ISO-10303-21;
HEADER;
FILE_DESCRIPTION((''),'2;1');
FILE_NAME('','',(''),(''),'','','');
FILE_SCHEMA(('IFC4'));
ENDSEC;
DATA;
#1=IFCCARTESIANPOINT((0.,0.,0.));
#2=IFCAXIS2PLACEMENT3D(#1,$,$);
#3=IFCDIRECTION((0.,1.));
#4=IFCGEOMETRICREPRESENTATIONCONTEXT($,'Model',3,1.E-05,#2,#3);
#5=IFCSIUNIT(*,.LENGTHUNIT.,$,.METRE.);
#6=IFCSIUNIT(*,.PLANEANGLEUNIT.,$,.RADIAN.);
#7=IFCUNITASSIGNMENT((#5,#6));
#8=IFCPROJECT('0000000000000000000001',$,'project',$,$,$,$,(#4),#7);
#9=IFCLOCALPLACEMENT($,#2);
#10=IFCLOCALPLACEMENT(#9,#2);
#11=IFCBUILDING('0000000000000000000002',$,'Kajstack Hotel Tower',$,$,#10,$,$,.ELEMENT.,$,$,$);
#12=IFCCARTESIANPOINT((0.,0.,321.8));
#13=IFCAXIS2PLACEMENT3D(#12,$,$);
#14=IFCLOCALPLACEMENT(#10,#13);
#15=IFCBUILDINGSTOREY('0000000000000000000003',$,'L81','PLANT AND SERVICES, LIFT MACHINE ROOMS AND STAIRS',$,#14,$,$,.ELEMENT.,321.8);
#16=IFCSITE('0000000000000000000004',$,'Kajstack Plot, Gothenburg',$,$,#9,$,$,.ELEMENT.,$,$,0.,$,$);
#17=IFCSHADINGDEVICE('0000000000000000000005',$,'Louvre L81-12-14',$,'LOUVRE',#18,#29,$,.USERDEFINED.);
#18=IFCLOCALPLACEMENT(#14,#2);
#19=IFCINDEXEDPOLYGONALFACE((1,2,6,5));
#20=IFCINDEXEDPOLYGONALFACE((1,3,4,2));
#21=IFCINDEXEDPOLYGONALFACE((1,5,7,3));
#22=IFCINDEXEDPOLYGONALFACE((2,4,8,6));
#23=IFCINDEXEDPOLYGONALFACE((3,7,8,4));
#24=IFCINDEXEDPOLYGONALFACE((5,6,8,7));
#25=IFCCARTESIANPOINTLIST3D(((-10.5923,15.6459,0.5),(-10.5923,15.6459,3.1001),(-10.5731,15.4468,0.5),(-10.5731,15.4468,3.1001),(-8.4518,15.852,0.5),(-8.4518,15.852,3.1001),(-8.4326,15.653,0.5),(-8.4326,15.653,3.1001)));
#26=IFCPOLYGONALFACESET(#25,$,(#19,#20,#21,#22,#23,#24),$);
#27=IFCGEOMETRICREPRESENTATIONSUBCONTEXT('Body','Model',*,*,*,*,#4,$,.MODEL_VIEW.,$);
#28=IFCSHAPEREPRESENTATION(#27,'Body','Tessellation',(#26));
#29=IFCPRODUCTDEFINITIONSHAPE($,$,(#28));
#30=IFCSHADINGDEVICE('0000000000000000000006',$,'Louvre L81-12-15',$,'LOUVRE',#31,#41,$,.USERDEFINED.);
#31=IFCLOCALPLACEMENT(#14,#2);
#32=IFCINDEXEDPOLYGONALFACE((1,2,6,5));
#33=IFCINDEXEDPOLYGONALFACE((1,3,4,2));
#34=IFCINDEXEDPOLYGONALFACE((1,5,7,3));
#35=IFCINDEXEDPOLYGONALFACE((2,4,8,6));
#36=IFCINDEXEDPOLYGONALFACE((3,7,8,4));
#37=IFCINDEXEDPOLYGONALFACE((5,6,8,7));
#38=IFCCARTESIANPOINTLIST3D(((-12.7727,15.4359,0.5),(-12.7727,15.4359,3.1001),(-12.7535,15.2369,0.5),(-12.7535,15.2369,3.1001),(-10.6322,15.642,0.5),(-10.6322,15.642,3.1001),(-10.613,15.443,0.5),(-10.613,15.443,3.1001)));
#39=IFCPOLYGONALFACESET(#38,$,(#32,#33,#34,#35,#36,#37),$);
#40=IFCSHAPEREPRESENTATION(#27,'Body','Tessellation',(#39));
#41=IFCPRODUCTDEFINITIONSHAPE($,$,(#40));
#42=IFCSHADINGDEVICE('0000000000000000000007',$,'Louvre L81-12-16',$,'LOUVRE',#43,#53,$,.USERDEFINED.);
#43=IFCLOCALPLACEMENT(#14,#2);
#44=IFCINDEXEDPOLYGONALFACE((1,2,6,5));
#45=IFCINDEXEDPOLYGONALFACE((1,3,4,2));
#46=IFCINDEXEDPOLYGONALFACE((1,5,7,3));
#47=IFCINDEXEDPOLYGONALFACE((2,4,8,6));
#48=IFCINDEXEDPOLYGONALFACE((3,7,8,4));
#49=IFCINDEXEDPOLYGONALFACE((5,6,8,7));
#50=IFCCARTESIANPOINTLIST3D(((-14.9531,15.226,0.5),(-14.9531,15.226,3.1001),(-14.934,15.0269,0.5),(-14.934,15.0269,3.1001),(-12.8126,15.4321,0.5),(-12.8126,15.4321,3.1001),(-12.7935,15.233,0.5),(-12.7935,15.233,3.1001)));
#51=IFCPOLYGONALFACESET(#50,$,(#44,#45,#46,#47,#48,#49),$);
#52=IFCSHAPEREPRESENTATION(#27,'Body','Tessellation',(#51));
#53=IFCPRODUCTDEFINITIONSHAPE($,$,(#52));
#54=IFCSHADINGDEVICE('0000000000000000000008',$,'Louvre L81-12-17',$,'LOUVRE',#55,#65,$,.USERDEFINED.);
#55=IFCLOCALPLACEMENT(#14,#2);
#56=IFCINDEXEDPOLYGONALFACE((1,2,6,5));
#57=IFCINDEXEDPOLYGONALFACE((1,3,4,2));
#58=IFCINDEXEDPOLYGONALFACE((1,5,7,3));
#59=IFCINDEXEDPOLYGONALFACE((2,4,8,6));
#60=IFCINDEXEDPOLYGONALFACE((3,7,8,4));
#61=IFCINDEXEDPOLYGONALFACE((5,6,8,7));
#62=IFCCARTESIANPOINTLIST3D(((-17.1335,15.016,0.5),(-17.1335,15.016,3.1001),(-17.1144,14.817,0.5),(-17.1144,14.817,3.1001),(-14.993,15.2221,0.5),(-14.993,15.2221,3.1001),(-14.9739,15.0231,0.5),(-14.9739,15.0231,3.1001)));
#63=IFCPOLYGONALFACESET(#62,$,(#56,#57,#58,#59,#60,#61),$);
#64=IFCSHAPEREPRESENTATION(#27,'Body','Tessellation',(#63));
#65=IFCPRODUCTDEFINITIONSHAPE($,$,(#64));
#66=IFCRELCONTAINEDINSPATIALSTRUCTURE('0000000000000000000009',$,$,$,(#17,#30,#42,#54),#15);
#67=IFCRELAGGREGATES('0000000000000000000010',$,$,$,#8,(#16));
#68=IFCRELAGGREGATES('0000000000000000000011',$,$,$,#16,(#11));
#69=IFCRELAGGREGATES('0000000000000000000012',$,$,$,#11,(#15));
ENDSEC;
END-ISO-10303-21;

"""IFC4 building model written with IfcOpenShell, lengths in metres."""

from ifc_helpers import new_model, si_unit, direction, frame, origin, origin_2d, place, context, subcontext, project, spatial, rectangle, extrude, element, save


model = new_model("IFC4")

# Units and contexts
model_context = context("Model", 3, precision=1e-05, world=origin(), true_north=direction((0.0, 1.0)))
body_context = subcontext(model_context, "Body", "Model", "MODEL_VIEW")
ifc_project = project(units=[si_unit("LENGTHUNIT", "METRE"), si_unit("PLANEANGLEUNIT", "RADIAN")], contexts=[model_context])

# Site, building, storey
site_placement = place(None, origin())
site = spatial("IfcSite", under=ifc_project, at=site_placement, Name="Kajstack Plot, Gothenburg", CompositionType="ELEMENT", RefElevation=0.0)
building_placement = place(site_placement, origin())
building = spatial("IfcBuilding", under=site, at=building_placement, Name="Kajstack Hotel Tower", CompositionType="ELEMENT")
storey_placement = place(building_placement, frame((0.0, 0.0, 321.8)))
storey = spatial("IfcBuildingStorey", under=building, at=storey_placement, Name="L81", Description="PLANT AND SERVICES, LIFT MACHINE ROOMS AND STAIRS", CompositionType="ELEMENT", Elevation=321.8)

# Shading devices
for number, where, z_axis, x_axis, name in (
    (1, (-9.5125, 15.6494, 0.5), (0.0, 0.0, 1.0), (-0.995396, -0.095845, 0.0), "Louvre L81-12-14"),
    (2, (-11.6929, 15.4395, 0.5), (0.0, 0.0, 1.0), (-0.995396, -0.095845, 0.0), "Louvre L81-12-15"),
    (3, (-13.8733, 15.2295, 0.5), (0.0, 0.0, 1.0), (-0.995396, -0.095845, 0.0), "Louvre L81-12-16"),
    (4, (-16.0537, 15.0195, 0.5), (0.0, 0.0, 1.0), (-0.995396, -0.095845, 0.0), "Louvre L81-12-17"),
):
    element("IfcShadingDevice", number, at=place(storey_placement, frame(where, z_axis=z_axis, x_axis=x_axis)), inside=storey, Name=name, ObjectType="LOUVRE", PredefinedType="USERDEFINED", context=body_context, shape_type="SweptSolid", body=[
        extrude(rectangle(XDim=2.1504, YDim=0.2, at=origin_2d()), origin(), (0.0, 0.0, 1.0), 2.6001),
    ])

save(model, "model.ifc")
